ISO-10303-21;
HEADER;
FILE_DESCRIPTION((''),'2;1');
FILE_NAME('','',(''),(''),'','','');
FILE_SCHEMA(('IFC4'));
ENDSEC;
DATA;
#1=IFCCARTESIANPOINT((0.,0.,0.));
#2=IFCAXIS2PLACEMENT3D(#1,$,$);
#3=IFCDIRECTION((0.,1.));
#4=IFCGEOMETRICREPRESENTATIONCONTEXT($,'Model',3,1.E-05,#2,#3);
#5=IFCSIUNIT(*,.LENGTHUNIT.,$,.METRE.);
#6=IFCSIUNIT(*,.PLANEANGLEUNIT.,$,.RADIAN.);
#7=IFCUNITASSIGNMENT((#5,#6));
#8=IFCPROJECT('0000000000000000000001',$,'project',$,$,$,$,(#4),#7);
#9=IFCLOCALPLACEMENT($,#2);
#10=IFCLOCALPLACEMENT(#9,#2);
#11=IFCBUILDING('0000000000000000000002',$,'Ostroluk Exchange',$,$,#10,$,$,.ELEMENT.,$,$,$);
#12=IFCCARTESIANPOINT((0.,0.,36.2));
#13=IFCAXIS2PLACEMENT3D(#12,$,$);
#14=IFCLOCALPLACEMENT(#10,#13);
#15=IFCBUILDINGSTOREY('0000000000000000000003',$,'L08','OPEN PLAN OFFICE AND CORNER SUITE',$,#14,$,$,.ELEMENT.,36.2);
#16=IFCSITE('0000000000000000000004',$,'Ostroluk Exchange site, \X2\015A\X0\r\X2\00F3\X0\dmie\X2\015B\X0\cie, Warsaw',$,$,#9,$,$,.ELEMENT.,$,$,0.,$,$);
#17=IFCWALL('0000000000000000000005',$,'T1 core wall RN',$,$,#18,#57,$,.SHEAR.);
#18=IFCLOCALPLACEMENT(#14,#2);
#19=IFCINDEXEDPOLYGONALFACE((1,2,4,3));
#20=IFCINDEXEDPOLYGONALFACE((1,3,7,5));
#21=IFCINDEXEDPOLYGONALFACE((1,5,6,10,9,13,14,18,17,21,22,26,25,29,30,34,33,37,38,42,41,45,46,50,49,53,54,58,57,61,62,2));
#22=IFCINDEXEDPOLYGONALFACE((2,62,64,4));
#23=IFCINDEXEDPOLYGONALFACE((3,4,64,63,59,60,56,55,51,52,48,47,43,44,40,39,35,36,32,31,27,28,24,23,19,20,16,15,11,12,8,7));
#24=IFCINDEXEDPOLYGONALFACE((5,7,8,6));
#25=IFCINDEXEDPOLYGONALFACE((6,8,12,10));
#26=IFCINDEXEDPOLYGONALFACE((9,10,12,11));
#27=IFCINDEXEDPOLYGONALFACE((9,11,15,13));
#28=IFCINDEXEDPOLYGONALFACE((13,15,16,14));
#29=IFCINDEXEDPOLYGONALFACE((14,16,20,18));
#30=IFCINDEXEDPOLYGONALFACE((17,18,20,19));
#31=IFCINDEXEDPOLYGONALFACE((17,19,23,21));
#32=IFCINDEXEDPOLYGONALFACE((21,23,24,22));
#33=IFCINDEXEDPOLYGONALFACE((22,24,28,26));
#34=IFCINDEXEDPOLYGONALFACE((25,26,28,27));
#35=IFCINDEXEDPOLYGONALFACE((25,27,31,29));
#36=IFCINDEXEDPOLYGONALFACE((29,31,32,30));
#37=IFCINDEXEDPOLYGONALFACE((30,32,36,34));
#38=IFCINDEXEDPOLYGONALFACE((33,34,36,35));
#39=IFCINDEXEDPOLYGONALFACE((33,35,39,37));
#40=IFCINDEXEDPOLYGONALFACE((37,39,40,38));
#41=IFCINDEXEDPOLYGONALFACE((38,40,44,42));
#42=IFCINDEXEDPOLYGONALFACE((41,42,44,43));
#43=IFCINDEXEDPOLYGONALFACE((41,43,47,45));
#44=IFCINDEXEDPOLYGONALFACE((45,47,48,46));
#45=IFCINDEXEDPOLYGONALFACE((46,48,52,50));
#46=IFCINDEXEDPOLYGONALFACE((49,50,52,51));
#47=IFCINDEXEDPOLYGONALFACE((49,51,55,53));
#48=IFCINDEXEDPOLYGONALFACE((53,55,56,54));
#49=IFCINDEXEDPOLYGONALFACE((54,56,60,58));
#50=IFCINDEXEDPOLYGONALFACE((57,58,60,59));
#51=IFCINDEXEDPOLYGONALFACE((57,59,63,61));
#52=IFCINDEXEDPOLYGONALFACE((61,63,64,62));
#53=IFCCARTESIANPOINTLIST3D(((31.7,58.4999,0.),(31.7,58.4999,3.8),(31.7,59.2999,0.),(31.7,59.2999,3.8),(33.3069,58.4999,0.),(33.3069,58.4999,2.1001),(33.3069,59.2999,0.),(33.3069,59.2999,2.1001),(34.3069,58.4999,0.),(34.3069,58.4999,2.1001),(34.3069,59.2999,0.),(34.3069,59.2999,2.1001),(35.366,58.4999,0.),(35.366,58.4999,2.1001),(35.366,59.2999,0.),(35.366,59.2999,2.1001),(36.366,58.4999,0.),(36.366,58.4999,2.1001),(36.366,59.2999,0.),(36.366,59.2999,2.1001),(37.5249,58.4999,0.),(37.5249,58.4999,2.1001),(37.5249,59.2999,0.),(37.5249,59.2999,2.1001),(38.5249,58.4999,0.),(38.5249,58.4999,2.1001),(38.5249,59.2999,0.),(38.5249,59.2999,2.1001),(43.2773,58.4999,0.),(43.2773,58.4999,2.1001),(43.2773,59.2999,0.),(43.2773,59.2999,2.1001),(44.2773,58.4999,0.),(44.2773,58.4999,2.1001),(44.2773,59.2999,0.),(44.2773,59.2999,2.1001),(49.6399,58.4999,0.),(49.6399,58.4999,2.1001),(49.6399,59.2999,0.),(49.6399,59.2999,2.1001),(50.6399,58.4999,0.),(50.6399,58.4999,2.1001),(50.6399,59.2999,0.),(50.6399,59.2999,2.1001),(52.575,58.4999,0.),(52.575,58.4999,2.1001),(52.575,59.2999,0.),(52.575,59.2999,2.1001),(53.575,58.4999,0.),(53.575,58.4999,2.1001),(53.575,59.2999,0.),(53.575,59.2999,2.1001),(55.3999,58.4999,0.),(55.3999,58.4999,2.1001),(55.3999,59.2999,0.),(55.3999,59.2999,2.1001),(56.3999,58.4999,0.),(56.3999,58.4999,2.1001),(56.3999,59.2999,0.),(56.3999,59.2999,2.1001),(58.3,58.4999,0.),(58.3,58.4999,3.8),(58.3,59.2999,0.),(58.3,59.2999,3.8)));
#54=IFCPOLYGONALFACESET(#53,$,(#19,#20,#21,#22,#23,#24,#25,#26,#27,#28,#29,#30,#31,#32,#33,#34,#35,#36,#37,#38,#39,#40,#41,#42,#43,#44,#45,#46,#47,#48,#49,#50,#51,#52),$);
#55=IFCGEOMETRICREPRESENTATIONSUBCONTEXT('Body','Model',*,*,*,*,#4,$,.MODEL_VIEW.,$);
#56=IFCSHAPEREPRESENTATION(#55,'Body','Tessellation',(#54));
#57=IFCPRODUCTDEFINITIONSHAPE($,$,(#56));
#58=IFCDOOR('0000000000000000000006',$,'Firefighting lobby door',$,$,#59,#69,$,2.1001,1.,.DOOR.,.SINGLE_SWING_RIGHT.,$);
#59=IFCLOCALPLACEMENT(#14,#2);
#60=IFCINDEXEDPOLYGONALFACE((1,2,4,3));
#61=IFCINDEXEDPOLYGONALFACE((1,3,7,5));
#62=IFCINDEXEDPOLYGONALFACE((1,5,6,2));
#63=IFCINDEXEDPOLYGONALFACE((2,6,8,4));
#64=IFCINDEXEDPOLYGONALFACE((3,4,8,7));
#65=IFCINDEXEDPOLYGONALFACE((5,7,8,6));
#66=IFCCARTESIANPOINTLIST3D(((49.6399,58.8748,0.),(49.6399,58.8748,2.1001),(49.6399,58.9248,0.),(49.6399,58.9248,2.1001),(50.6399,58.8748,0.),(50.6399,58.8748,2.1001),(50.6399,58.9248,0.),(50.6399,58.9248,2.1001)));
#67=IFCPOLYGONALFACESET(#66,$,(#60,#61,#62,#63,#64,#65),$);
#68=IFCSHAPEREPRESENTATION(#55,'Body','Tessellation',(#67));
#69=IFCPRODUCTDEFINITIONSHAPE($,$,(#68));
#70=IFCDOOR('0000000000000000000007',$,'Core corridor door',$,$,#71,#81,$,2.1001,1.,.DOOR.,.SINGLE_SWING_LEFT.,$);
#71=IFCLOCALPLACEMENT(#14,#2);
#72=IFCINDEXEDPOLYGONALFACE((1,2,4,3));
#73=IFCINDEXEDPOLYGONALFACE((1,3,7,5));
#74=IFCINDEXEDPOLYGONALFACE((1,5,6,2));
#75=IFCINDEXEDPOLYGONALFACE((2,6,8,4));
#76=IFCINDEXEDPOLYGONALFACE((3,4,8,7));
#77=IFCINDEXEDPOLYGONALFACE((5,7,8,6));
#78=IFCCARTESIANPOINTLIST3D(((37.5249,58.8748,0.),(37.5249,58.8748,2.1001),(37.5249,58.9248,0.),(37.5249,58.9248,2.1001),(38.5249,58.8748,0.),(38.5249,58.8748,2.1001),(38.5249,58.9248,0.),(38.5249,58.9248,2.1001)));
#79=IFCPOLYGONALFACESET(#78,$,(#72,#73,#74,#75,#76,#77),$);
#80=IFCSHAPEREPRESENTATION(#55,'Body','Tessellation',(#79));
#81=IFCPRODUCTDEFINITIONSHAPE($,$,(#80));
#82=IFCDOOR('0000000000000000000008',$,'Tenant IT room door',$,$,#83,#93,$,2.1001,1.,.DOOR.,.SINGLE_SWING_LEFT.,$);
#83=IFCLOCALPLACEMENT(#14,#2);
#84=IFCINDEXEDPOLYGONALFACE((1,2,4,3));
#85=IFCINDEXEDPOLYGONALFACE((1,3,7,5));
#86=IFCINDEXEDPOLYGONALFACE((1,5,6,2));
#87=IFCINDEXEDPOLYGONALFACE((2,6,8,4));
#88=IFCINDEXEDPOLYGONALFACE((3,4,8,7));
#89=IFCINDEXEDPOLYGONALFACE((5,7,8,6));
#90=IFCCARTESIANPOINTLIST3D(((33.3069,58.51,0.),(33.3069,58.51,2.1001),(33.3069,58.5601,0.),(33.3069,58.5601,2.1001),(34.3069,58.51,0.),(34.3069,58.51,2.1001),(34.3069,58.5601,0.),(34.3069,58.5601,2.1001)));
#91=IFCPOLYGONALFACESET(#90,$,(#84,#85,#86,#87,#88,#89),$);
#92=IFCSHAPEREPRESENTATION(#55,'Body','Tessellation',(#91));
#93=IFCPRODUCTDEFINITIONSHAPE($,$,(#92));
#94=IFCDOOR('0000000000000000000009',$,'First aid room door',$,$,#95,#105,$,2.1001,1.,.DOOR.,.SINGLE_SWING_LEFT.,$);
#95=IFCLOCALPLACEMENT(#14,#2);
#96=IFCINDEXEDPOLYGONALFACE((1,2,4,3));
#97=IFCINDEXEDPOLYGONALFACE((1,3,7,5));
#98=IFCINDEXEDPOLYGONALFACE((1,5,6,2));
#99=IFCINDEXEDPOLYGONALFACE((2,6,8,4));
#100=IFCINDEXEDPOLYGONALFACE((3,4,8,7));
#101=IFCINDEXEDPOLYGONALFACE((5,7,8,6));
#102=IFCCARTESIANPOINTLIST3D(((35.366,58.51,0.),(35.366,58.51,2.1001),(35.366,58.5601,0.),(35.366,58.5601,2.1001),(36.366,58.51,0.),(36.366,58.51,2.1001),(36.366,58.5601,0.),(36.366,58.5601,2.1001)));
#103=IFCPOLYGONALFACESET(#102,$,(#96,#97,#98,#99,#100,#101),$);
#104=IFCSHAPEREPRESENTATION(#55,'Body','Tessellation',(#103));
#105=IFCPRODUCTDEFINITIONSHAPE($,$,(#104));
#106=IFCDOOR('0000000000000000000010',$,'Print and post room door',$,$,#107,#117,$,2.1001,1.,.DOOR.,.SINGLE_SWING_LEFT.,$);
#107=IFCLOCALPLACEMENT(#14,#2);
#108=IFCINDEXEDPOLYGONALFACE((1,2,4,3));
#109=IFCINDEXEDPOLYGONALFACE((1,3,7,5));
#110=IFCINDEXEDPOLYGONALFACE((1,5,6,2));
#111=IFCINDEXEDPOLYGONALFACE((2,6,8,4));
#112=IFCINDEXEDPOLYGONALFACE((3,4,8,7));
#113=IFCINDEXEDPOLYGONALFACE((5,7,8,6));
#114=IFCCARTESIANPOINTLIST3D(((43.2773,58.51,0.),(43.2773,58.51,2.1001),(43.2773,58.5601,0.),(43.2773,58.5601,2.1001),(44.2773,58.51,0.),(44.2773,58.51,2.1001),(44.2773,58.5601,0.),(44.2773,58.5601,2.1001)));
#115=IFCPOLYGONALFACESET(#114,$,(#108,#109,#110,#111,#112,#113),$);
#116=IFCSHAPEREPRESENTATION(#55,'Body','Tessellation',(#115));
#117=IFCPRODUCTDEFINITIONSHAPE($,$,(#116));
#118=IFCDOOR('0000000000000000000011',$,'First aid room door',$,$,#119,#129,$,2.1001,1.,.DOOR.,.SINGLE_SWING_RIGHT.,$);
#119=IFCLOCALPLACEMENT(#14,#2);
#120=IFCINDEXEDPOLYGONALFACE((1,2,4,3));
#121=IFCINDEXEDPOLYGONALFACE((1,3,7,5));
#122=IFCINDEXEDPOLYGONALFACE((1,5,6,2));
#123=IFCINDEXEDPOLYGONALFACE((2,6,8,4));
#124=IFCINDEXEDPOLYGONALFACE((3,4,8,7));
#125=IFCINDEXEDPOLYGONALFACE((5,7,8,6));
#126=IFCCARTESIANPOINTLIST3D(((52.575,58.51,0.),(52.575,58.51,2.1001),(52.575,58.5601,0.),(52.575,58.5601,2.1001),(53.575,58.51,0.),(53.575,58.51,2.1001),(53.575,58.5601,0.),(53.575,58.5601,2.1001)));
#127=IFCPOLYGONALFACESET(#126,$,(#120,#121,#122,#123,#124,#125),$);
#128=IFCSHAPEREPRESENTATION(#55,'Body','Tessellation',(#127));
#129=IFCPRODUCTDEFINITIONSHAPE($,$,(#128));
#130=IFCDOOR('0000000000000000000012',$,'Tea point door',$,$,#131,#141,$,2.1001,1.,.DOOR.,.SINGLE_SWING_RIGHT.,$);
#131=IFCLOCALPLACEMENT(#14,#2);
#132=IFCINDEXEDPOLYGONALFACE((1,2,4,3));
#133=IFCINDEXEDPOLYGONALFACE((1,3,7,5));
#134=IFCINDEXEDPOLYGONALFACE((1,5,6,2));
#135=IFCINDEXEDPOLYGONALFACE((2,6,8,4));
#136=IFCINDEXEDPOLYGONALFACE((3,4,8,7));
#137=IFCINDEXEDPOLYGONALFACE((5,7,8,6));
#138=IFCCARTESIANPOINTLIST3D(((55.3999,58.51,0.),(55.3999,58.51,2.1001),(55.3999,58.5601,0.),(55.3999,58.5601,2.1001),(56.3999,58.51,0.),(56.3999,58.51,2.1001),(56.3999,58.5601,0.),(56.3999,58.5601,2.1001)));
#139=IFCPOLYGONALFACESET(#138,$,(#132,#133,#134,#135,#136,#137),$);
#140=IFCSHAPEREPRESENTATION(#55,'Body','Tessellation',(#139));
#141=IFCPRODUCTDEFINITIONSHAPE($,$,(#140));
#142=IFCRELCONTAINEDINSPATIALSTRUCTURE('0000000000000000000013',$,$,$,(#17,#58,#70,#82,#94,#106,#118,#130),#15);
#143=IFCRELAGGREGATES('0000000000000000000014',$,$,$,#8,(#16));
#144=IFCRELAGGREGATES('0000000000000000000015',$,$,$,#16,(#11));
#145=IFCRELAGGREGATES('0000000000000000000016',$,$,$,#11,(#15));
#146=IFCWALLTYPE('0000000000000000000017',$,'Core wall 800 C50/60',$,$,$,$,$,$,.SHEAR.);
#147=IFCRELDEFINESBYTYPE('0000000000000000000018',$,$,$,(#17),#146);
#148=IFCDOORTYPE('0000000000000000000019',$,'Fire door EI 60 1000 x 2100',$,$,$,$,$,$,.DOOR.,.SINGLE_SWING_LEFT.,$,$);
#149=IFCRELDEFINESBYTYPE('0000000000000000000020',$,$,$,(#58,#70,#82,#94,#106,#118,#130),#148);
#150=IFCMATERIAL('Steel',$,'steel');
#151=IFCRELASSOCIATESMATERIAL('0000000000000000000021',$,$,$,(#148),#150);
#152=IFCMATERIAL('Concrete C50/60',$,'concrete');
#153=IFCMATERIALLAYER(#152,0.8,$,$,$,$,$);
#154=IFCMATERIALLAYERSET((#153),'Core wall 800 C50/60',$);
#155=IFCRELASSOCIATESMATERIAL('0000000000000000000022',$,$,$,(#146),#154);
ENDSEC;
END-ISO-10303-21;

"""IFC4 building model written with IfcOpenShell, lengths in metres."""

from ifc_helpers import new_model, si_unit, direction, frame, frame_2d, origin, place, context, subcontext, project, spatial, rectangle, extrude, material, layer, layer_set, type_object, element, fill, save


model = new_model("IFC4")

# Units and contexts
model_context = context("Model", 3, precision=1e-05, world=origin(), true_north=direction((0.0, 1.0)))
body_context = subcontext(model_context, "Body", "Model", "MODEL_VIEW")
ifc_project = project(units=[si_unit("LENGTHUNIT", "METRE"), si_unit("PLANEANGLEUNIT", "RADIAN")], contexts=[model_context])

# Site, building, storey
site_placement = place(None, origin())
site = spatial("IfcSite", under=ifc_project, at=site_placement, Name="Ostroluk Exchange site, Śródmieście, Warsaw", CompositionType="ELEMENT", RefElevation=0.0)
building_placement = place(site_placement, origin())
building = spatial("IfcBuilding", under=site, at=building_placement, Name="Ostroluk Exchange", CompositionType="ELEMENT")
storey_placement = place(building_placement, frame((0.0, 0.0, 36.2)))
storey = spatial("IfcBuildingStorey", under=building, at=storey_placement, Name="L08", Description="OPEN PLAN OFFICE AND CORNER SUITE", CompositionType="ELEMENT", Elevation=36.2)

# Wall, openings, doors
ifc_material_1 = material(Name="Steel", Category="steel")
door_type = type_object("IfcDoorType", Name="Fire door EI 60 1000 x 2100", OperationType="SINGLE_SWING_LEFT", PredefinedType="DOOR", material=ifc_material_1)
ifc_material_2 = material(Name="Concrete C50/60", Category="concrete")
ifc_layer_1 = layer(ifc_material_2, 0.8)
ifc_layer_set_1 = layer_set([ifc_layer_1], Name="Core wall 800 C50/60")
wall_type_1 = type_object("IfcWallType", Name="Core wall 800 C50/60", PredefinedType="SHEAR", material=ifc_layer_set_1)
wall_1_placement = place(storey_placement, frame((31.7, 58.8999, 0.0), z_axis=(0.0, 0.0, 1.0), x_axis=(1.0, 0.0, 0.0)))
wall_1 = element("IfcWall", 1, at=wall_1_placement, inside=storey, type_object=wall_type_1, Name="T1 core wall RN", PredefinedType="SHEAR", context=body_context, shape_type="SweptSolid", body=[
    extrude(rectangle(XDim=26.6001, YDim=0.8, at=frame_2d((13.3, 0.0))), origin(), (0.0, 0.0, 1.0), 3.8),
])
opening_1_placement = place(wall_1_placement, frame((17.9399, 0.0, 0.0)))
opening_1 = element("IfcOpeningElement", 2, at=opening_1_placement, cuts=wall_1, PredefinedType="OPENING", context=body_context, shape_type="SweptSolid", body=[
    extrude(rectangle(XDim=1.0, YDim=2.1001, at=frame_2d((0.5, 1.05))), frame((0.0, 0.4099, 0.0), z_axis=(0.0, -1.0, 0.0), x_axis=(1.0, 0.0, 0.0)), (0.0, 0.0, 1.0), 0.8201),
])
opening_2_placement = place(wall_1_placement, frame((5.825, 0.0, 0.0)))
opening_2 = element("IfcOpeningElement", 3, at=opening_2_placement, cuts=wall_1, PredefinedType="OPENING", context=body_context, shape_type="SweptSolid", body=[
    extrude(rectangle(XDim=1.0, YDim=2.1001, at=frame_2d((0.5, 1.05))), frame((0.0, 0.4099, 0.0), z_axis=(0.0, -1.0, 0.0), x_axis=(1.0, 0.0, 0.0)), (0.0, 0.0, 1.0), 0.8201),
])
opening_3_placement = place(wall_1_placement, frame((1.6069, 0.0, 0.0)))
opening_3 = element("IfcOpeningElement", 4, at=opening_3_placement, cuts=wall_1, PredefinedType="OPENING", context=body_context, shape_type="SweptSolid", body=[
    extrude(rectangle(XDim=1.0, YDim=2.1001, at=frame_2d((0.5, 1.05))), frame((0.0, 0.4099, 0.0), z_axis=(0.0, -1.0, 0.0), x_axis=(1.0, 0.0, 0.0)), (0.0, 0.0, 1.0), 0.8201),
])
opening_4_placement = place(wall_1_placement, frame((3.666, 0.0, 0.0)))
opening_4 = element("IfcOpeningElement", 5, at=opening_4_placement, cuts=wall_1, PredefinedType="OPENING", context=body_context, shape_type="SweptSolid", body=[
    extrude(rectangle(XDim=1.0, YDim=2.1001, at=frame_2d((0.5, 1.05))), frame((0.0, 0.4099, 0.0), z_axis=(0.0, -1.0, 0.0), x_axis=(1.0, 0.0, 0.0)), (0.0, 0.0, 1.0), 0.8201),
])
opening_5_placement = place(wall_1_placement, frame((11.5774, 0.0, 0.0)))
opening_5 = element("IfcOpeningElement", 6, at=opening_5_placement, cuts=wall_1, PredefinedType="OPENING", context=body_context, shape_type="SweptSolid", body=[
    extrude(rectangle(XDim=1.0, YDim=2.1001, at=frame_2d((0.5, 1.05))), frame((0.0, 0.4099, 0.0), z_axis=(0.0, -1.0, 0.0), x_axis=(1.0, 0.0, 0.0)), (0.0, 0.0, 1.0), 0.8201),
])
opening_6_placement = place(wall_1_placement, frame((20.875, 0.0, 0.0)))
opening_6 = element("IfcOpeningElement", 7, at=opening_6_placement, cuts=wall_1, PredefinedType="OPENING", context=body_context, shape_type="SweptSolid", body=[
    extrude(rectangle(XDim=1.0, YDim=2.1001, at=frame_2d((0.5, 1.05))), frame((0.0, 0.4099, 0.0), z_axis=(0.0, -1.0, 0.0), x_axis=(1.0, 0.0, 0.0)), (0.0, 0.0, 1.0), 0.8201),
])
opening_7_placement = place(wall_1_placement, frame((23.7, 0.0, 0.0)))
opening_7 = element("IfcOpeningElement", 8, at=opening_7_placement, cuts=wall_1, PredefinedType="OPENING", context=body_context, shape_type="SweptSolid", body=[
    extrude(rectangle(XDim=1.0, YDim=2.1001, at=frame_2d((0.5, 1.05))), frame((0.0, 0.4099, 0.0), z_axis=(0.0, -1.0, 0.0), x_axis=(1.0, 0.0, 0.0)), (0.0, 0.0, 1.0), 0.8201),
])
door_1_placement = place(opening_1_placement, origin())
door_1 = element("IfcDoor", 9, at=door_1_placement, inside=storey, type_object=door_type, Name="Firefighting lobby door", OperationType="SINGLE_SWING_RIGHT", OverallHeight=2.1001, OverallWidth=1.0, PredefinedType="DOOR", context=body_context, shape_type="SweptSolid", body=[
    extrude(rectangle(XDim=1.0, YDim=2.1001, at=frame_2d((0.5, 1.05))), frame((0.0, 0.0249, 0.0), z_axis=(0.0, -1.0, 0.0), x_axis=(1.0, 0.0, 0.0)), (0.0, 0.0, 1.0), 0.05),
])
fill(opening_1, door_1)
door_2_placement = place(opening_2_placement, origin())
door_2 = element("IfcDoor", 10, at=door_2_placement, inside=storey, type_object=door_type, Name="Core corridor door", OperationType="SINGLE_SWING_LEFT", OverallHeight=2.1001, OverallWidth=1.0, PredefinedType="DOOR", context=body_context, shape_type="SweptSolid", body=[
    extrude(rectangle(XDim=1.0, YDim=2.1001, at=frame_2d((0.5, 1.05))), frame((0.0, 0.0249, 0.0), z_axis=(0.0, -1.0, 0.0), x_axis=(1.0, 0.0, 0.0)), (0.0, 0.0, 1.0), 0.05),
])
fill(opening_2, door_2)
door_3_placement = place(opening_3_placement, origin())
door_3 = element("IfcDoor", 11, at=door_3_placement, inside=storey, type_object=door_type, Name="Tenant IT room door", OperationType="SINGLE_SWING_LEFT", OverallHeight=2.1001, OverallWidth=1.0, PredefinedType="DOOR", context=body_context, shape_type="SweptSolid", body=[
    extrude(rectangle(XDim=1.0, YDim=2.1001, at=frame_2d((0.5, 1.05))), frame((0.0, -0.3398, 0.0), z_axis=(0.0, -1.0, 0.0), x_axis=(1.0, 0.0, 0.0)), (0.0, 0.0, 1.0), 0.05),
])
fill(opening_3, door_3)
door_4_placement = place(opening_4_placement, origin())
door_4 = element("IfcDoor", 12, at=door_4_placement, inside=storey, type_object=door_type, Name="First aid room door", OperationType="SINGLE_SWING_LEFT", OverallHeight=2.1001, OverallWidth=1.0, PredefinedType="DOOR", context=body_context, shape_type="SweptSolid", body=[
    extrude(rectangle(XDim=1.0, YDim=2.1001, at=frame_2d((0.5, 1.05))), frame((0.0, -0.3398, 0.0), z_axis=(0.0, -1.0, 0.0), x_axis=(1.0, 0.0, 0.0)), (0.0, 0.0, 1.0), 0.05),
])
fill(opening_4, door_4)
door_5_placement = place(opening_5_placement, origin())
door_5 = element("IfcDoor", 13, at=door_5_placement, inside=storey, type_object=door_type, Name="Print and post room door", OperationType="SINGLE_SWING_LEFT", OverallHeight=2.1001, OverallWidth=1.0, PredefinedType="DOOR", context=body_context, shape_type="SweptSolid", body=[
    extrude(rectangle(XDim=1.0, YDim=2.1001, at=frame_2d((0.5, 1.05))), frame((0.0, -0.3398, 0.0), z_axis=(0.0, -1.0, 0.0), x_axis=(1.0, 0.0, 0.0)), (0.0, 0.0, 1.0), 0.05),
])
fill(opening_5, door_5)
door_6_placement = place(opening_6_placement, origin())
door_6 = element("IfcDoor", 14, at=door_6_placement, inside=storey, type_object=door_type, Name="First aid room door", OperationType="SINGLE_SWING_RIGHT", OverallHeight=2.1001, OverallWidth=1.0, PredefinedType="DOOR", context=body_context, shape_type="SweptSolid", body=[
    extrude(rectangle(XDim=1.0, YDim=2.1001, at=frame_2d((0.5, 1.05))), frame((0.0, -0.3398, 0.0), z_axis=(0.0, -1.0, 0.0), x_axis=(1.0, 0.0, 0.0)), (0.0, 0.0, 1.0), 0.05),
])
fill(opening_6, door_6)
door_7_placement = place(opening_7_placement, origin())
door_7 = element("IfcDoor", 15, at=door_7_placement, inside=storey, type_object=door_type, Name="Tea point door", OperationType="SINGLE_SWING_RIGHT", OverallHeight=2.1001, OverallWidth=1.0, PredefinedType="DOOR", context=body_context, shape_type="SweptSolid", body=[
    extrude(rectangle(XDim=1.0, YDim=2.1001, at=frame_2d((0.5, 1.05))), frame((0.0, -0.3398, 0.0), z_axis=(0.0, -1.0, 0.0), x_axis=(1.0, 0.0, 0.0)), (0.0, 0.0, 1.0), 0.05),
])
fill(opening_7, door_7)

save(model, "model.ifc")
